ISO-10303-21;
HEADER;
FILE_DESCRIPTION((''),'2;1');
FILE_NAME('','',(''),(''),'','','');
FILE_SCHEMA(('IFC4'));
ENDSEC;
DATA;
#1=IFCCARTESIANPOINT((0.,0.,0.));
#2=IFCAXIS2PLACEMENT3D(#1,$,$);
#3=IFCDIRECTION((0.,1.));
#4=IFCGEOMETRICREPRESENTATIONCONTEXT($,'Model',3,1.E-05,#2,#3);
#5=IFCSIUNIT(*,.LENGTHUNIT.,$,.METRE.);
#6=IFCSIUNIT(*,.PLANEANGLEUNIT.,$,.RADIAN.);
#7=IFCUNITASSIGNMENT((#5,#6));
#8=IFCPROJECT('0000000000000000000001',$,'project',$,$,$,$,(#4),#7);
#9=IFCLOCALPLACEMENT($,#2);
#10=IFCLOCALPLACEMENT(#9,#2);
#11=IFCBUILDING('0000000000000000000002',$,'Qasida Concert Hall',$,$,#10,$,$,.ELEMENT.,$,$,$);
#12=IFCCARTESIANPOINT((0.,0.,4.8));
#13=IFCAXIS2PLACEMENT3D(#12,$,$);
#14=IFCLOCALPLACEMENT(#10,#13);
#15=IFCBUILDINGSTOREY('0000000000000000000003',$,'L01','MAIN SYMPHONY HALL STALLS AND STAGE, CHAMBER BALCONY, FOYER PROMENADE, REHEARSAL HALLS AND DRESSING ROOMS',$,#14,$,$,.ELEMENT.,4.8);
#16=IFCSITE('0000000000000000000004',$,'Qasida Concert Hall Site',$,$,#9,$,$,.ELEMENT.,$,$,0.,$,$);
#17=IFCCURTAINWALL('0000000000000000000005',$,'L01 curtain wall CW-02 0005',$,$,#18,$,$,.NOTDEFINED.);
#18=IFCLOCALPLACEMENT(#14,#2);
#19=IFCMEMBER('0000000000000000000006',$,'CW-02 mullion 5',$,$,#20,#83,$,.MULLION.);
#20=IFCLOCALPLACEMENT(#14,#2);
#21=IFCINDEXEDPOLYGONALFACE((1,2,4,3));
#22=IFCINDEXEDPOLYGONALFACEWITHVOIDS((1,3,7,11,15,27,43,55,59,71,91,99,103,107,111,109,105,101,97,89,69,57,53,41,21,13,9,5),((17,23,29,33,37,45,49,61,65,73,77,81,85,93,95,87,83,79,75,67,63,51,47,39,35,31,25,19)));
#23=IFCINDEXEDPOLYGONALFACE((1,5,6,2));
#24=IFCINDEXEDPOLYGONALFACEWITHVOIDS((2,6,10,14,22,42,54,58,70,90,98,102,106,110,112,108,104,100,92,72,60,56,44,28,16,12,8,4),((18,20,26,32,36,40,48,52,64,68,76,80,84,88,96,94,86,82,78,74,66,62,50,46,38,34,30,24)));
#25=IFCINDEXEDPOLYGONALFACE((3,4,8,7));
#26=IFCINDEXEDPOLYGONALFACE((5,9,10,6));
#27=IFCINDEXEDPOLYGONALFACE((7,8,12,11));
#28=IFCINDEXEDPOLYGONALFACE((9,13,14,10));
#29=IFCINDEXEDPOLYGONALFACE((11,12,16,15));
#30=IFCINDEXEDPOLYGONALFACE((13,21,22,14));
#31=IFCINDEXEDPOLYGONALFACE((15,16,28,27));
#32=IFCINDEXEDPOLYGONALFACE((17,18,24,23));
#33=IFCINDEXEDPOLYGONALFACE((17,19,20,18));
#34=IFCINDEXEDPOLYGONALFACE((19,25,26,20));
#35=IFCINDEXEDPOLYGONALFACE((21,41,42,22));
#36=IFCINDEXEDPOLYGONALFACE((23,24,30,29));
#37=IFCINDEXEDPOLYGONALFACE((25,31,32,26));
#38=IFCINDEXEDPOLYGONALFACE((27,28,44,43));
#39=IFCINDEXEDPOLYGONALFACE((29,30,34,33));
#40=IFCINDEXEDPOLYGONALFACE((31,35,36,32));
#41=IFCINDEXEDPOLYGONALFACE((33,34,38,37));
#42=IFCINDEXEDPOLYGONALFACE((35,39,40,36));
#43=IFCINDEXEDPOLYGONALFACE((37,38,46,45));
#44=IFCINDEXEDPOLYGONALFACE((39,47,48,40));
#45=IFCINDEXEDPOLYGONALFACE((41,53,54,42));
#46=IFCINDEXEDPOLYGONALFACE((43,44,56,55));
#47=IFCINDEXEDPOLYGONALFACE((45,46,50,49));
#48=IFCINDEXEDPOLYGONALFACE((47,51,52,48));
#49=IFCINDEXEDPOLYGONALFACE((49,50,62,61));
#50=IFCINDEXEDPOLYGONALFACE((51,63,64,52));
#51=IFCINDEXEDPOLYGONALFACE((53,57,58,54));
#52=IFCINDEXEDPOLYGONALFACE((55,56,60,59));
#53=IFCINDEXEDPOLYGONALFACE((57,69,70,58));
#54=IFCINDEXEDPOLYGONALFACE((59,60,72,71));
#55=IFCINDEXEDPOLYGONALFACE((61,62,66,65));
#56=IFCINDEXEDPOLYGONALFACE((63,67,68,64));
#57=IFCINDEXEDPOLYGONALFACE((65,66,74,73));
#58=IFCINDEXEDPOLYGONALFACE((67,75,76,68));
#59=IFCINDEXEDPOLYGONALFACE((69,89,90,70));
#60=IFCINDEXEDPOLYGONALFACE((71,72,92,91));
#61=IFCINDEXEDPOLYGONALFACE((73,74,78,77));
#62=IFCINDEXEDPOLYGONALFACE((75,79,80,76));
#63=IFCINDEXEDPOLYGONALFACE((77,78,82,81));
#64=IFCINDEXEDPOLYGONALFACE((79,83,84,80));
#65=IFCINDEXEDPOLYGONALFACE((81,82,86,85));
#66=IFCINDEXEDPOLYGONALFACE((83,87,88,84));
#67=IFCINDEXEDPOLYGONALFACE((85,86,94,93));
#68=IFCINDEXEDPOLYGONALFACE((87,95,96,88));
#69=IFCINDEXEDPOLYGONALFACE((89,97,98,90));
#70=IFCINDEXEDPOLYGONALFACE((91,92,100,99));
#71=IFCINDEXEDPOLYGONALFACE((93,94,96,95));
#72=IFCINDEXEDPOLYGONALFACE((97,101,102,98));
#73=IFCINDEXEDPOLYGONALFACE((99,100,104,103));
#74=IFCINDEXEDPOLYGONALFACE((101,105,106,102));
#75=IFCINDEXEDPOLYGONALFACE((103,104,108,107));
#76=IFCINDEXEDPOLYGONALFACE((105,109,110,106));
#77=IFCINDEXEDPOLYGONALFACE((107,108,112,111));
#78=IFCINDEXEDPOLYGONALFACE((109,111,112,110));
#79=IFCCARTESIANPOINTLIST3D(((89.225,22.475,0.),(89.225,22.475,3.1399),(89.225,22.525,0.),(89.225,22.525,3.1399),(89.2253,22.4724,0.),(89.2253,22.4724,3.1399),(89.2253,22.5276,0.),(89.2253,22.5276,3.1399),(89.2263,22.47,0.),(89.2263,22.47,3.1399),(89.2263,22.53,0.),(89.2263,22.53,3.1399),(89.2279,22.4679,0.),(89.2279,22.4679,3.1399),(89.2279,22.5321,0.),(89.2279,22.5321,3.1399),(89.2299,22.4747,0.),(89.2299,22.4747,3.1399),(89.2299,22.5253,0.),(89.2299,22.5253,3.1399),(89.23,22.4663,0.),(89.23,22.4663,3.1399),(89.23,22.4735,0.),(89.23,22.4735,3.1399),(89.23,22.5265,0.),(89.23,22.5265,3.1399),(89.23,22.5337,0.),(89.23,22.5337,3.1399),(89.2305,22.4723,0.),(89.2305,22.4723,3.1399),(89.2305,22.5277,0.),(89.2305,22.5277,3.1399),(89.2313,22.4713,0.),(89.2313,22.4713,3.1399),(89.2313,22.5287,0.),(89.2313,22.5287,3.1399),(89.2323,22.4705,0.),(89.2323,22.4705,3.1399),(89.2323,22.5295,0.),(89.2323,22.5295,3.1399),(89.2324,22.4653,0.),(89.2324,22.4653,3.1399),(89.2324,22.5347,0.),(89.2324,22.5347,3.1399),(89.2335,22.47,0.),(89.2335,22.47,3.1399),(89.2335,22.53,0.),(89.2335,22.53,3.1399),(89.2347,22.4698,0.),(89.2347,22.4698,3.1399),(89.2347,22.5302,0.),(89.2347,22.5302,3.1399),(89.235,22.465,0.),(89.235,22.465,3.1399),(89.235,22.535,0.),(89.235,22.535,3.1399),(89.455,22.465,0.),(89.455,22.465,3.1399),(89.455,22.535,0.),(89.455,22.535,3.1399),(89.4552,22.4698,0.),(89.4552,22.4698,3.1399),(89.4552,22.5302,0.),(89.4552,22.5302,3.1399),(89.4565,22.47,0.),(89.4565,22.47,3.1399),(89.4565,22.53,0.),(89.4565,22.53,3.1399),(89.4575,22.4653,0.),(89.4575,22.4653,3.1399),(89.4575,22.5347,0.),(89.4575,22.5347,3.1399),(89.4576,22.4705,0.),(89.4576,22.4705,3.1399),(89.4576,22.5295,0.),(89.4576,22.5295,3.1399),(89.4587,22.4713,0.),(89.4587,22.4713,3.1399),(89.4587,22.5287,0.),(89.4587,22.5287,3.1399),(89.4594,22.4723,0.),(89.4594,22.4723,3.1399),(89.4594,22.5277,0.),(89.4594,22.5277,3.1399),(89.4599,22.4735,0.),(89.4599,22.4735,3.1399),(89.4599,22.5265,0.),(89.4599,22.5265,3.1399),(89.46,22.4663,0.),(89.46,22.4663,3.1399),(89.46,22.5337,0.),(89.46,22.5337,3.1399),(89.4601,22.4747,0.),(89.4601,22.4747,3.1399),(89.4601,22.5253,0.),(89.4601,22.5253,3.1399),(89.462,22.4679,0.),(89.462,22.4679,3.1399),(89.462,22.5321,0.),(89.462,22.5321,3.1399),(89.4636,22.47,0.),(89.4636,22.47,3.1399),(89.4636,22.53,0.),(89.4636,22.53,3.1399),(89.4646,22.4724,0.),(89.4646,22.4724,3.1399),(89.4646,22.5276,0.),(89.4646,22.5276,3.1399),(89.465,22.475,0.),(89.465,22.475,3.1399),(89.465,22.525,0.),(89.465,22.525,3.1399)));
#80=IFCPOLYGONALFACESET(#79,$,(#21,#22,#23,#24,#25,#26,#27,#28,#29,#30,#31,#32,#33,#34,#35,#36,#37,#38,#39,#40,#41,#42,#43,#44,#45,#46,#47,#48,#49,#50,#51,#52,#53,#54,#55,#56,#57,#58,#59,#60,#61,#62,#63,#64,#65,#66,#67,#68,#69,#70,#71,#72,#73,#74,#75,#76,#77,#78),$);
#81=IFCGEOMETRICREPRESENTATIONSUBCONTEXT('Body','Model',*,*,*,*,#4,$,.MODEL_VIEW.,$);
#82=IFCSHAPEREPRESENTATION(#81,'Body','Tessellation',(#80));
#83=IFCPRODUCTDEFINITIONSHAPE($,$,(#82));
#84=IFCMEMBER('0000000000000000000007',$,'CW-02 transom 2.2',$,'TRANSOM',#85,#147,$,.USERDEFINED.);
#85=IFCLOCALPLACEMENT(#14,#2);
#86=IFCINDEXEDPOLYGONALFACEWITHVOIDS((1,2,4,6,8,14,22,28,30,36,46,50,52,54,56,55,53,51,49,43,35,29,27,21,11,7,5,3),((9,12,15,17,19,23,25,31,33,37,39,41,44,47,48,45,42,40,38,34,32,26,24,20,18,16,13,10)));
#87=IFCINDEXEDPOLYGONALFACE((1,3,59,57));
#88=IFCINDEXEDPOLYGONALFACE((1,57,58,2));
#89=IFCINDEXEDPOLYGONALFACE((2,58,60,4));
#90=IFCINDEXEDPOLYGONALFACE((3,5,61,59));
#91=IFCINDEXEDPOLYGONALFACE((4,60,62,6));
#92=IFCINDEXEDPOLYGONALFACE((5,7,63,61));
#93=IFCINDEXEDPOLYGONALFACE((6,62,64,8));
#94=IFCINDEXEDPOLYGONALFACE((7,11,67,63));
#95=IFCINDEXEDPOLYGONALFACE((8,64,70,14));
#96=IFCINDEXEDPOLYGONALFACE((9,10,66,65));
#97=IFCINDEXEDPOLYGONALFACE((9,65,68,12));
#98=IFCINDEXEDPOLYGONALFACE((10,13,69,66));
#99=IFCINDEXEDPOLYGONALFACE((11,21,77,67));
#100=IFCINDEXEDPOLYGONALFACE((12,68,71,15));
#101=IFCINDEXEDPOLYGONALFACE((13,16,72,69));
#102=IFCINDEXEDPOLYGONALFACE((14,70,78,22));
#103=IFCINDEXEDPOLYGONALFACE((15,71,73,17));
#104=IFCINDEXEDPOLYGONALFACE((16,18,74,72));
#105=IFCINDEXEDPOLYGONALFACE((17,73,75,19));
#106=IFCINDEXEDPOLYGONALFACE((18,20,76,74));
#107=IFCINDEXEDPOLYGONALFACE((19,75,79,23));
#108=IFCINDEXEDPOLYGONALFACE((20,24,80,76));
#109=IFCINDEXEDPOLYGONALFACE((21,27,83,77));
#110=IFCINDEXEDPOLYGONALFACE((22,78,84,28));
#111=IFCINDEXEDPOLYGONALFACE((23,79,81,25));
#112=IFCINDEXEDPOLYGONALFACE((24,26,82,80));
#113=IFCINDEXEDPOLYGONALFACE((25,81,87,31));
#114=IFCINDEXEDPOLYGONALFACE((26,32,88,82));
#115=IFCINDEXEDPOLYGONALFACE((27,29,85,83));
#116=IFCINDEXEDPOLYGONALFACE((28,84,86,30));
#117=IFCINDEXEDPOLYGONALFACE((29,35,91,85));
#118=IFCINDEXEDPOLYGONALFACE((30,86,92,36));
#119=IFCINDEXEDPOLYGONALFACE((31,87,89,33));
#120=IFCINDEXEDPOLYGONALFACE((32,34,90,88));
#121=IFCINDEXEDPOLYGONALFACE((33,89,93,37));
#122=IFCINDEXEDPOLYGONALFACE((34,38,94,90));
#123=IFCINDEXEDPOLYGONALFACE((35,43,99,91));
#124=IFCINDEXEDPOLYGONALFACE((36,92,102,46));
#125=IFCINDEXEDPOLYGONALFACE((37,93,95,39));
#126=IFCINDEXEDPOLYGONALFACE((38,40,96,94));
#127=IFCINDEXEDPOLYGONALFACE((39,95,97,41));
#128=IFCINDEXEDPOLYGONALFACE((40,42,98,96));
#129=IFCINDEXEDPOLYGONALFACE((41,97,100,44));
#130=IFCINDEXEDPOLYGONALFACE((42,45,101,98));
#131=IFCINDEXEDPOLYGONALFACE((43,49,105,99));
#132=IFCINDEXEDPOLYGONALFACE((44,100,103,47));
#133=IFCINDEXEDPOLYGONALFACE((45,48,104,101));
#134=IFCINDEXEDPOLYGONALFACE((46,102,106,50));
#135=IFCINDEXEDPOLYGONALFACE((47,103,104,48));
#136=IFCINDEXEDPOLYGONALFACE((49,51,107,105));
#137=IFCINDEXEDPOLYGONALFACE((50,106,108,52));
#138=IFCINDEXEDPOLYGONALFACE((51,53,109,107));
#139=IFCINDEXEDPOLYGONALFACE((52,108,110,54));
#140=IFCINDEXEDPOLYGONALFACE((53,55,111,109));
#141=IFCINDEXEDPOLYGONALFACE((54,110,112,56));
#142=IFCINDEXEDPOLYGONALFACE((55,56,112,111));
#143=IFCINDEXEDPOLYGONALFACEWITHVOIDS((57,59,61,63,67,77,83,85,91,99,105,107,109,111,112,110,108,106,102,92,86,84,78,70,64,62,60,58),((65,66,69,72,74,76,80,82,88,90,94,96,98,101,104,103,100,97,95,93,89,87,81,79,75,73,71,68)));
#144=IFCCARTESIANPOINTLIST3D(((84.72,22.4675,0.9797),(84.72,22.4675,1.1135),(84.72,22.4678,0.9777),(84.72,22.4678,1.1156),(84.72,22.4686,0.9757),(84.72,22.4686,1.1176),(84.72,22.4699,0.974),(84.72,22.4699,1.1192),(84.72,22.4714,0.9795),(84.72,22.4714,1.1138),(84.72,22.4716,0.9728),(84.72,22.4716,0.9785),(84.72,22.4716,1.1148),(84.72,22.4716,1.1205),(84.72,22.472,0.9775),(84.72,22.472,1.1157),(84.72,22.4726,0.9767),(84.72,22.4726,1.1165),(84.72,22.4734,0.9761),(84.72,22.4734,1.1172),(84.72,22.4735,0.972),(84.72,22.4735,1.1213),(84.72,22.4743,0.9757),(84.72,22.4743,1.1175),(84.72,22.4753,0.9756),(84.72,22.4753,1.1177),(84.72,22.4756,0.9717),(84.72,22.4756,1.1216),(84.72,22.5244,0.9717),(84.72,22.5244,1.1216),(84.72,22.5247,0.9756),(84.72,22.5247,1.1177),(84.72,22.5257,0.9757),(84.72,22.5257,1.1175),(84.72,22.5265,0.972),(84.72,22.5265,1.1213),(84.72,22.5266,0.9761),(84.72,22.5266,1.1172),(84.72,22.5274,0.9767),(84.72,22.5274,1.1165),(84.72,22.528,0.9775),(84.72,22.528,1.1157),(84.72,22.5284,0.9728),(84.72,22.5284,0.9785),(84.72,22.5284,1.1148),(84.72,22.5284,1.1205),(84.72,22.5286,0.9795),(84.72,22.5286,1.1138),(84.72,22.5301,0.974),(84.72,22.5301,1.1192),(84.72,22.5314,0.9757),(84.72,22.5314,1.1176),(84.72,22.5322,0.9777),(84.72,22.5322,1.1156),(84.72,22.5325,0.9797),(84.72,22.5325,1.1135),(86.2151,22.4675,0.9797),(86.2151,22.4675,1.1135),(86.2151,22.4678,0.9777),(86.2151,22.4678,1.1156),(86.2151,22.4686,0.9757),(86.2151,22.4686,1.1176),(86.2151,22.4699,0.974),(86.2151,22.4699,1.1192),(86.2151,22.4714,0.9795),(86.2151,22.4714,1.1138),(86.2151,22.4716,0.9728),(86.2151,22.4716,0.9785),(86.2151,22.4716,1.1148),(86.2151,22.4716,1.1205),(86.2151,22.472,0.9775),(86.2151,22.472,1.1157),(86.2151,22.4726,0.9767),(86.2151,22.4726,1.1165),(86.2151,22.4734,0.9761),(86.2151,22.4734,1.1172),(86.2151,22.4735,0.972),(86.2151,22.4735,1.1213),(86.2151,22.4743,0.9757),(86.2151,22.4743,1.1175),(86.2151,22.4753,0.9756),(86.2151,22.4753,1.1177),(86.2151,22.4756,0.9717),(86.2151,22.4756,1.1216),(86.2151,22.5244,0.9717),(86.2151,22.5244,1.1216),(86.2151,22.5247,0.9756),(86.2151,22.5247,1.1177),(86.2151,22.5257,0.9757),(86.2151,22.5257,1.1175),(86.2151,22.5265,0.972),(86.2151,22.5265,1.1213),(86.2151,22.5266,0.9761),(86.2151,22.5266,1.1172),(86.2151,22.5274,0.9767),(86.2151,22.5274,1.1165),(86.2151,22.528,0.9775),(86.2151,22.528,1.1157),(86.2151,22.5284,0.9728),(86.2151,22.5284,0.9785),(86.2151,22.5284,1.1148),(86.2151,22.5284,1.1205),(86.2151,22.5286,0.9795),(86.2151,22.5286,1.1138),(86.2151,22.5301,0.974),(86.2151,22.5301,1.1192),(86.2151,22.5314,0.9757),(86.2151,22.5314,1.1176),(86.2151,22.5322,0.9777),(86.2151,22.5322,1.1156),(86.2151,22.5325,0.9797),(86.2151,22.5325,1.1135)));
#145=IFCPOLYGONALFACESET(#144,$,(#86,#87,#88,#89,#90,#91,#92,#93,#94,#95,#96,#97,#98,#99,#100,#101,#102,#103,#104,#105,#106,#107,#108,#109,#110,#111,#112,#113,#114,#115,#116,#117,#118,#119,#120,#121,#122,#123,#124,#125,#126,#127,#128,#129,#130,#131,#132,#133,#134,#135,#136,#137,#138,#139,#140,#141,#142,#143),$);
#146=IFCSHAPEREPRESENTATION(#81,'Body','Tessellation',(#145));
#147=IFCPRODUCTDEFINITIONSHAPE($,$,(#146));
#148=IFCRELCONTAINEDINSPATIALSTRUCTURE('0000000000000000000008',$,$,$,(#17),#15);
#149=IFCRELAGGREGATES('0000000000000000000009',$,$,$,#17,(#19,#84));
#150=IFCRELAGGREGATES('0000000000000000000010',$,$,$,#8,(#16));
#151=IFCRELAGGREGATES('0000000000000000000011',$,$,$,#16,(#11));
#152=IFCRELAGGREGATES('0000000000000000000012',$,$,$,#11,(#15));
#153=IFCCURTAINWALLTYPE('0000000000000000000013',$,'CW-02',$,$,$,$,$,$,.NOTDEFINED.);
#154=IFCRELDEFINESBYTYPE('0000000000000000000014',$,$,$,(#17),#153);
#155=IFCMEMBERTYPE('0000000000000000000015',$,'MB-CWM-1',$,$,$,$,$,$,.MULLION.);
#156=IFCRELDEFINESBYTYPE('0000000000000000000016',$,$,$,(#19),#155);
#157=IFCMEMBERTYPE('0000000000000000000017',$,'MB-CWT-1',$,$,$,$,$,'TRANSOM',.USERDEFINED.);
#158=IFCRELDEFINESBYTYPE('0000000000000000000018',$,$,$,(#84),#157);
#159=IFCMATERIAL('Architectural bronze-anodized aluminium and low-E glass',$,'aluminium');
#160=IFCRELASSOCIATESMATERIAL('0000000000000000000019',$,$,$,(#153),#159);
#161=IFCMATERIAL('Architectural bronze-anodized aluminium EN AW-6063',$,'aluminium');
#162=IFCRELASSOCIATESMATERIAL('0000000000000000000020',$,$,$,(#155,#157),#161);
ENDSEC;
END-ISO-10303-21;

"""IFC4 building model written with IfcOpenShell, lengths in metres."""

from ifc_helpers import new_model, si_unit, direction, frame, origin, origin_2d, place, context, subcontext, project, spatial, hollow_rectangle, extrude, material, material_profile, profile_set, type_object, element, aggregate, save


model = new_model("IFC4")

# Units and contexts
model_context = context("Model", 3, precision=1e-05, world=origin(), true_north=direction((0.0, 1.0)))
body_context = subcontext(model_context, "Body", "Model", "MODEL_VIEW")
ifc_project = project(units=[si_unit("LENGTHUNIT", "METRE"), si_unit("PLANEANGLEUNIT", "RADIAN")], contexts=[model_context])

# Site, building, storey
site_placement = place(None, origin())
site = spatial("IfcSite", under=ifc_project, at=site_placement, Name="Qasida Concert Hall Site", CompositionType="ELEMENT", RefElevation=0.0)
building_placement = place(site_placement, origin())
building = spatial("IfcBuilding", under=site, at=building_placement, Name="Qasida Concert Hall", CompositionType="ELEMENT")
storey_placement = place(building_placement, frame((0.0, 0.0, 4.8)))
storey = spatial("IfcBuildingStorey", under=building, at=storey_placement, Name="L01", Description="MAIN SYMPHONY HALL STALLS AND STAGE, CHAMBER BALCONY, FOYER PROMENADE, REHEARSAL HALLS AND DRESSING ROOMS", CompositionType="ELEMENT", Elevation=4.8)

# Curtain wall, members
ifc_material_1 = material(Name="Architectural bronze-anodized aluminium and low-E glass", Category="aluminium")
curtain_wall_type = type_object("IfcCurtainWallType", Name="CW-02", PredefinedType="NOTDEFINED", material=ifc_material_1)
curtain_wall_placement = place(storey_placement, origin())
curtain_wall = element("IfcCurtainWall", 1, at=curtain_wall_placement, inside=storey, type_object=curtain_wall_type, Name="L01 curtain wall CW-02 0005", PredefinedType="NOTDEFINED")
ifc_material_2 = material(Name="Architectural bronze-anodized aluminium EN AW-6063", Category="aluminium")
ifc_material_profile_1 = material_profile(ifc_material_2, hollow_rectangle(XDim=0.0701, YDim=0.24, WallThickness=0.0049, InnerFilletRadius=0.0049, OuterFilletRadius=0.01, at=origin_2d()), Name="CWM 240x70x5")
ifc_profile_set_1 = profile_set([ifc_material_profile_1], Name="Architectural bronze-anodized aluminium EN AW-6063")
member_type_1 = type_object("IfcMemberType", Name="MB-CWM-1", PredefinedType="MULLION", material=ifc_profile_set_1)
member_1_placement = place(storey_placement, frame((89.345, 22.5, 0.0), z_axis=(0.0, 0.0, 1.0), x_axis=(0.0, 1.0, 0.0)))
member_1 = element("IfcMember", 2, at=member_1_placement, type_object=member_type_1, Name="CW-02 mullion 5", PredefinedType="MULLION", context=body_context, shape_type="SweptSolid", body=[
    extrude(hollow_rectangle(XDim=0.0701, YDim=0.24, WallThickness=0.0049, InnerFilletRadius=0.0049, OuterFilletRadius=0.01, at=origin_2d()), origin(), (0.0, 0.0, 1.0), 3.1399),
])
ifc_material_profile_2 = material_profile(ifc_material_2, hollow_rectangle(XDim=0.0649, YDim=0.1499, WallThickness=0.0039, InnerFilletRadius=0.0039, OuterFilletRadius=0.0081, at=origin_2d()), Name="CWT 150x65x4")
ifc_profile_set_2 = profile_set([ifc_material_profile_2], Name="Architectural bronze-anodized aluminium EN AW-6063")
member_type_2 = type_object("IfcMemberType", Name="MB-CWT-1", ElementType="TRANSOM", PredefinedType="USERDEFINED", material=ifc_profile_set_2)
member_2_placement = place(storey_placement, frame((84.72, 22.5, 1.0466), z_axis=(1.0, 0.0, 0.0), x_axis=(0.0, 1.0, 0.0)))
member_2 = element("IfcMember", 3, at=member_2_placement, type_object=member_type_2, Name="CW-02 transom 2.2", ObjectType="TRANSOM", PredefinedType="USERDEFINED", context=body_context, shape_type="SweptSolid", body=[
    extrude(hollow_rectangle(XDim=0.0649, YDim=0.1499, WallThickness=0.0039, InnerFilletRadius=0.0039, OuterFilletRadius=0.0081, at=origin_2d()), origin(), (0.0, 0.0, 1.0), 1.4951),
])
aggregate(curtain_wall, [member_1, member_2])

save(model, "model.ifc")
